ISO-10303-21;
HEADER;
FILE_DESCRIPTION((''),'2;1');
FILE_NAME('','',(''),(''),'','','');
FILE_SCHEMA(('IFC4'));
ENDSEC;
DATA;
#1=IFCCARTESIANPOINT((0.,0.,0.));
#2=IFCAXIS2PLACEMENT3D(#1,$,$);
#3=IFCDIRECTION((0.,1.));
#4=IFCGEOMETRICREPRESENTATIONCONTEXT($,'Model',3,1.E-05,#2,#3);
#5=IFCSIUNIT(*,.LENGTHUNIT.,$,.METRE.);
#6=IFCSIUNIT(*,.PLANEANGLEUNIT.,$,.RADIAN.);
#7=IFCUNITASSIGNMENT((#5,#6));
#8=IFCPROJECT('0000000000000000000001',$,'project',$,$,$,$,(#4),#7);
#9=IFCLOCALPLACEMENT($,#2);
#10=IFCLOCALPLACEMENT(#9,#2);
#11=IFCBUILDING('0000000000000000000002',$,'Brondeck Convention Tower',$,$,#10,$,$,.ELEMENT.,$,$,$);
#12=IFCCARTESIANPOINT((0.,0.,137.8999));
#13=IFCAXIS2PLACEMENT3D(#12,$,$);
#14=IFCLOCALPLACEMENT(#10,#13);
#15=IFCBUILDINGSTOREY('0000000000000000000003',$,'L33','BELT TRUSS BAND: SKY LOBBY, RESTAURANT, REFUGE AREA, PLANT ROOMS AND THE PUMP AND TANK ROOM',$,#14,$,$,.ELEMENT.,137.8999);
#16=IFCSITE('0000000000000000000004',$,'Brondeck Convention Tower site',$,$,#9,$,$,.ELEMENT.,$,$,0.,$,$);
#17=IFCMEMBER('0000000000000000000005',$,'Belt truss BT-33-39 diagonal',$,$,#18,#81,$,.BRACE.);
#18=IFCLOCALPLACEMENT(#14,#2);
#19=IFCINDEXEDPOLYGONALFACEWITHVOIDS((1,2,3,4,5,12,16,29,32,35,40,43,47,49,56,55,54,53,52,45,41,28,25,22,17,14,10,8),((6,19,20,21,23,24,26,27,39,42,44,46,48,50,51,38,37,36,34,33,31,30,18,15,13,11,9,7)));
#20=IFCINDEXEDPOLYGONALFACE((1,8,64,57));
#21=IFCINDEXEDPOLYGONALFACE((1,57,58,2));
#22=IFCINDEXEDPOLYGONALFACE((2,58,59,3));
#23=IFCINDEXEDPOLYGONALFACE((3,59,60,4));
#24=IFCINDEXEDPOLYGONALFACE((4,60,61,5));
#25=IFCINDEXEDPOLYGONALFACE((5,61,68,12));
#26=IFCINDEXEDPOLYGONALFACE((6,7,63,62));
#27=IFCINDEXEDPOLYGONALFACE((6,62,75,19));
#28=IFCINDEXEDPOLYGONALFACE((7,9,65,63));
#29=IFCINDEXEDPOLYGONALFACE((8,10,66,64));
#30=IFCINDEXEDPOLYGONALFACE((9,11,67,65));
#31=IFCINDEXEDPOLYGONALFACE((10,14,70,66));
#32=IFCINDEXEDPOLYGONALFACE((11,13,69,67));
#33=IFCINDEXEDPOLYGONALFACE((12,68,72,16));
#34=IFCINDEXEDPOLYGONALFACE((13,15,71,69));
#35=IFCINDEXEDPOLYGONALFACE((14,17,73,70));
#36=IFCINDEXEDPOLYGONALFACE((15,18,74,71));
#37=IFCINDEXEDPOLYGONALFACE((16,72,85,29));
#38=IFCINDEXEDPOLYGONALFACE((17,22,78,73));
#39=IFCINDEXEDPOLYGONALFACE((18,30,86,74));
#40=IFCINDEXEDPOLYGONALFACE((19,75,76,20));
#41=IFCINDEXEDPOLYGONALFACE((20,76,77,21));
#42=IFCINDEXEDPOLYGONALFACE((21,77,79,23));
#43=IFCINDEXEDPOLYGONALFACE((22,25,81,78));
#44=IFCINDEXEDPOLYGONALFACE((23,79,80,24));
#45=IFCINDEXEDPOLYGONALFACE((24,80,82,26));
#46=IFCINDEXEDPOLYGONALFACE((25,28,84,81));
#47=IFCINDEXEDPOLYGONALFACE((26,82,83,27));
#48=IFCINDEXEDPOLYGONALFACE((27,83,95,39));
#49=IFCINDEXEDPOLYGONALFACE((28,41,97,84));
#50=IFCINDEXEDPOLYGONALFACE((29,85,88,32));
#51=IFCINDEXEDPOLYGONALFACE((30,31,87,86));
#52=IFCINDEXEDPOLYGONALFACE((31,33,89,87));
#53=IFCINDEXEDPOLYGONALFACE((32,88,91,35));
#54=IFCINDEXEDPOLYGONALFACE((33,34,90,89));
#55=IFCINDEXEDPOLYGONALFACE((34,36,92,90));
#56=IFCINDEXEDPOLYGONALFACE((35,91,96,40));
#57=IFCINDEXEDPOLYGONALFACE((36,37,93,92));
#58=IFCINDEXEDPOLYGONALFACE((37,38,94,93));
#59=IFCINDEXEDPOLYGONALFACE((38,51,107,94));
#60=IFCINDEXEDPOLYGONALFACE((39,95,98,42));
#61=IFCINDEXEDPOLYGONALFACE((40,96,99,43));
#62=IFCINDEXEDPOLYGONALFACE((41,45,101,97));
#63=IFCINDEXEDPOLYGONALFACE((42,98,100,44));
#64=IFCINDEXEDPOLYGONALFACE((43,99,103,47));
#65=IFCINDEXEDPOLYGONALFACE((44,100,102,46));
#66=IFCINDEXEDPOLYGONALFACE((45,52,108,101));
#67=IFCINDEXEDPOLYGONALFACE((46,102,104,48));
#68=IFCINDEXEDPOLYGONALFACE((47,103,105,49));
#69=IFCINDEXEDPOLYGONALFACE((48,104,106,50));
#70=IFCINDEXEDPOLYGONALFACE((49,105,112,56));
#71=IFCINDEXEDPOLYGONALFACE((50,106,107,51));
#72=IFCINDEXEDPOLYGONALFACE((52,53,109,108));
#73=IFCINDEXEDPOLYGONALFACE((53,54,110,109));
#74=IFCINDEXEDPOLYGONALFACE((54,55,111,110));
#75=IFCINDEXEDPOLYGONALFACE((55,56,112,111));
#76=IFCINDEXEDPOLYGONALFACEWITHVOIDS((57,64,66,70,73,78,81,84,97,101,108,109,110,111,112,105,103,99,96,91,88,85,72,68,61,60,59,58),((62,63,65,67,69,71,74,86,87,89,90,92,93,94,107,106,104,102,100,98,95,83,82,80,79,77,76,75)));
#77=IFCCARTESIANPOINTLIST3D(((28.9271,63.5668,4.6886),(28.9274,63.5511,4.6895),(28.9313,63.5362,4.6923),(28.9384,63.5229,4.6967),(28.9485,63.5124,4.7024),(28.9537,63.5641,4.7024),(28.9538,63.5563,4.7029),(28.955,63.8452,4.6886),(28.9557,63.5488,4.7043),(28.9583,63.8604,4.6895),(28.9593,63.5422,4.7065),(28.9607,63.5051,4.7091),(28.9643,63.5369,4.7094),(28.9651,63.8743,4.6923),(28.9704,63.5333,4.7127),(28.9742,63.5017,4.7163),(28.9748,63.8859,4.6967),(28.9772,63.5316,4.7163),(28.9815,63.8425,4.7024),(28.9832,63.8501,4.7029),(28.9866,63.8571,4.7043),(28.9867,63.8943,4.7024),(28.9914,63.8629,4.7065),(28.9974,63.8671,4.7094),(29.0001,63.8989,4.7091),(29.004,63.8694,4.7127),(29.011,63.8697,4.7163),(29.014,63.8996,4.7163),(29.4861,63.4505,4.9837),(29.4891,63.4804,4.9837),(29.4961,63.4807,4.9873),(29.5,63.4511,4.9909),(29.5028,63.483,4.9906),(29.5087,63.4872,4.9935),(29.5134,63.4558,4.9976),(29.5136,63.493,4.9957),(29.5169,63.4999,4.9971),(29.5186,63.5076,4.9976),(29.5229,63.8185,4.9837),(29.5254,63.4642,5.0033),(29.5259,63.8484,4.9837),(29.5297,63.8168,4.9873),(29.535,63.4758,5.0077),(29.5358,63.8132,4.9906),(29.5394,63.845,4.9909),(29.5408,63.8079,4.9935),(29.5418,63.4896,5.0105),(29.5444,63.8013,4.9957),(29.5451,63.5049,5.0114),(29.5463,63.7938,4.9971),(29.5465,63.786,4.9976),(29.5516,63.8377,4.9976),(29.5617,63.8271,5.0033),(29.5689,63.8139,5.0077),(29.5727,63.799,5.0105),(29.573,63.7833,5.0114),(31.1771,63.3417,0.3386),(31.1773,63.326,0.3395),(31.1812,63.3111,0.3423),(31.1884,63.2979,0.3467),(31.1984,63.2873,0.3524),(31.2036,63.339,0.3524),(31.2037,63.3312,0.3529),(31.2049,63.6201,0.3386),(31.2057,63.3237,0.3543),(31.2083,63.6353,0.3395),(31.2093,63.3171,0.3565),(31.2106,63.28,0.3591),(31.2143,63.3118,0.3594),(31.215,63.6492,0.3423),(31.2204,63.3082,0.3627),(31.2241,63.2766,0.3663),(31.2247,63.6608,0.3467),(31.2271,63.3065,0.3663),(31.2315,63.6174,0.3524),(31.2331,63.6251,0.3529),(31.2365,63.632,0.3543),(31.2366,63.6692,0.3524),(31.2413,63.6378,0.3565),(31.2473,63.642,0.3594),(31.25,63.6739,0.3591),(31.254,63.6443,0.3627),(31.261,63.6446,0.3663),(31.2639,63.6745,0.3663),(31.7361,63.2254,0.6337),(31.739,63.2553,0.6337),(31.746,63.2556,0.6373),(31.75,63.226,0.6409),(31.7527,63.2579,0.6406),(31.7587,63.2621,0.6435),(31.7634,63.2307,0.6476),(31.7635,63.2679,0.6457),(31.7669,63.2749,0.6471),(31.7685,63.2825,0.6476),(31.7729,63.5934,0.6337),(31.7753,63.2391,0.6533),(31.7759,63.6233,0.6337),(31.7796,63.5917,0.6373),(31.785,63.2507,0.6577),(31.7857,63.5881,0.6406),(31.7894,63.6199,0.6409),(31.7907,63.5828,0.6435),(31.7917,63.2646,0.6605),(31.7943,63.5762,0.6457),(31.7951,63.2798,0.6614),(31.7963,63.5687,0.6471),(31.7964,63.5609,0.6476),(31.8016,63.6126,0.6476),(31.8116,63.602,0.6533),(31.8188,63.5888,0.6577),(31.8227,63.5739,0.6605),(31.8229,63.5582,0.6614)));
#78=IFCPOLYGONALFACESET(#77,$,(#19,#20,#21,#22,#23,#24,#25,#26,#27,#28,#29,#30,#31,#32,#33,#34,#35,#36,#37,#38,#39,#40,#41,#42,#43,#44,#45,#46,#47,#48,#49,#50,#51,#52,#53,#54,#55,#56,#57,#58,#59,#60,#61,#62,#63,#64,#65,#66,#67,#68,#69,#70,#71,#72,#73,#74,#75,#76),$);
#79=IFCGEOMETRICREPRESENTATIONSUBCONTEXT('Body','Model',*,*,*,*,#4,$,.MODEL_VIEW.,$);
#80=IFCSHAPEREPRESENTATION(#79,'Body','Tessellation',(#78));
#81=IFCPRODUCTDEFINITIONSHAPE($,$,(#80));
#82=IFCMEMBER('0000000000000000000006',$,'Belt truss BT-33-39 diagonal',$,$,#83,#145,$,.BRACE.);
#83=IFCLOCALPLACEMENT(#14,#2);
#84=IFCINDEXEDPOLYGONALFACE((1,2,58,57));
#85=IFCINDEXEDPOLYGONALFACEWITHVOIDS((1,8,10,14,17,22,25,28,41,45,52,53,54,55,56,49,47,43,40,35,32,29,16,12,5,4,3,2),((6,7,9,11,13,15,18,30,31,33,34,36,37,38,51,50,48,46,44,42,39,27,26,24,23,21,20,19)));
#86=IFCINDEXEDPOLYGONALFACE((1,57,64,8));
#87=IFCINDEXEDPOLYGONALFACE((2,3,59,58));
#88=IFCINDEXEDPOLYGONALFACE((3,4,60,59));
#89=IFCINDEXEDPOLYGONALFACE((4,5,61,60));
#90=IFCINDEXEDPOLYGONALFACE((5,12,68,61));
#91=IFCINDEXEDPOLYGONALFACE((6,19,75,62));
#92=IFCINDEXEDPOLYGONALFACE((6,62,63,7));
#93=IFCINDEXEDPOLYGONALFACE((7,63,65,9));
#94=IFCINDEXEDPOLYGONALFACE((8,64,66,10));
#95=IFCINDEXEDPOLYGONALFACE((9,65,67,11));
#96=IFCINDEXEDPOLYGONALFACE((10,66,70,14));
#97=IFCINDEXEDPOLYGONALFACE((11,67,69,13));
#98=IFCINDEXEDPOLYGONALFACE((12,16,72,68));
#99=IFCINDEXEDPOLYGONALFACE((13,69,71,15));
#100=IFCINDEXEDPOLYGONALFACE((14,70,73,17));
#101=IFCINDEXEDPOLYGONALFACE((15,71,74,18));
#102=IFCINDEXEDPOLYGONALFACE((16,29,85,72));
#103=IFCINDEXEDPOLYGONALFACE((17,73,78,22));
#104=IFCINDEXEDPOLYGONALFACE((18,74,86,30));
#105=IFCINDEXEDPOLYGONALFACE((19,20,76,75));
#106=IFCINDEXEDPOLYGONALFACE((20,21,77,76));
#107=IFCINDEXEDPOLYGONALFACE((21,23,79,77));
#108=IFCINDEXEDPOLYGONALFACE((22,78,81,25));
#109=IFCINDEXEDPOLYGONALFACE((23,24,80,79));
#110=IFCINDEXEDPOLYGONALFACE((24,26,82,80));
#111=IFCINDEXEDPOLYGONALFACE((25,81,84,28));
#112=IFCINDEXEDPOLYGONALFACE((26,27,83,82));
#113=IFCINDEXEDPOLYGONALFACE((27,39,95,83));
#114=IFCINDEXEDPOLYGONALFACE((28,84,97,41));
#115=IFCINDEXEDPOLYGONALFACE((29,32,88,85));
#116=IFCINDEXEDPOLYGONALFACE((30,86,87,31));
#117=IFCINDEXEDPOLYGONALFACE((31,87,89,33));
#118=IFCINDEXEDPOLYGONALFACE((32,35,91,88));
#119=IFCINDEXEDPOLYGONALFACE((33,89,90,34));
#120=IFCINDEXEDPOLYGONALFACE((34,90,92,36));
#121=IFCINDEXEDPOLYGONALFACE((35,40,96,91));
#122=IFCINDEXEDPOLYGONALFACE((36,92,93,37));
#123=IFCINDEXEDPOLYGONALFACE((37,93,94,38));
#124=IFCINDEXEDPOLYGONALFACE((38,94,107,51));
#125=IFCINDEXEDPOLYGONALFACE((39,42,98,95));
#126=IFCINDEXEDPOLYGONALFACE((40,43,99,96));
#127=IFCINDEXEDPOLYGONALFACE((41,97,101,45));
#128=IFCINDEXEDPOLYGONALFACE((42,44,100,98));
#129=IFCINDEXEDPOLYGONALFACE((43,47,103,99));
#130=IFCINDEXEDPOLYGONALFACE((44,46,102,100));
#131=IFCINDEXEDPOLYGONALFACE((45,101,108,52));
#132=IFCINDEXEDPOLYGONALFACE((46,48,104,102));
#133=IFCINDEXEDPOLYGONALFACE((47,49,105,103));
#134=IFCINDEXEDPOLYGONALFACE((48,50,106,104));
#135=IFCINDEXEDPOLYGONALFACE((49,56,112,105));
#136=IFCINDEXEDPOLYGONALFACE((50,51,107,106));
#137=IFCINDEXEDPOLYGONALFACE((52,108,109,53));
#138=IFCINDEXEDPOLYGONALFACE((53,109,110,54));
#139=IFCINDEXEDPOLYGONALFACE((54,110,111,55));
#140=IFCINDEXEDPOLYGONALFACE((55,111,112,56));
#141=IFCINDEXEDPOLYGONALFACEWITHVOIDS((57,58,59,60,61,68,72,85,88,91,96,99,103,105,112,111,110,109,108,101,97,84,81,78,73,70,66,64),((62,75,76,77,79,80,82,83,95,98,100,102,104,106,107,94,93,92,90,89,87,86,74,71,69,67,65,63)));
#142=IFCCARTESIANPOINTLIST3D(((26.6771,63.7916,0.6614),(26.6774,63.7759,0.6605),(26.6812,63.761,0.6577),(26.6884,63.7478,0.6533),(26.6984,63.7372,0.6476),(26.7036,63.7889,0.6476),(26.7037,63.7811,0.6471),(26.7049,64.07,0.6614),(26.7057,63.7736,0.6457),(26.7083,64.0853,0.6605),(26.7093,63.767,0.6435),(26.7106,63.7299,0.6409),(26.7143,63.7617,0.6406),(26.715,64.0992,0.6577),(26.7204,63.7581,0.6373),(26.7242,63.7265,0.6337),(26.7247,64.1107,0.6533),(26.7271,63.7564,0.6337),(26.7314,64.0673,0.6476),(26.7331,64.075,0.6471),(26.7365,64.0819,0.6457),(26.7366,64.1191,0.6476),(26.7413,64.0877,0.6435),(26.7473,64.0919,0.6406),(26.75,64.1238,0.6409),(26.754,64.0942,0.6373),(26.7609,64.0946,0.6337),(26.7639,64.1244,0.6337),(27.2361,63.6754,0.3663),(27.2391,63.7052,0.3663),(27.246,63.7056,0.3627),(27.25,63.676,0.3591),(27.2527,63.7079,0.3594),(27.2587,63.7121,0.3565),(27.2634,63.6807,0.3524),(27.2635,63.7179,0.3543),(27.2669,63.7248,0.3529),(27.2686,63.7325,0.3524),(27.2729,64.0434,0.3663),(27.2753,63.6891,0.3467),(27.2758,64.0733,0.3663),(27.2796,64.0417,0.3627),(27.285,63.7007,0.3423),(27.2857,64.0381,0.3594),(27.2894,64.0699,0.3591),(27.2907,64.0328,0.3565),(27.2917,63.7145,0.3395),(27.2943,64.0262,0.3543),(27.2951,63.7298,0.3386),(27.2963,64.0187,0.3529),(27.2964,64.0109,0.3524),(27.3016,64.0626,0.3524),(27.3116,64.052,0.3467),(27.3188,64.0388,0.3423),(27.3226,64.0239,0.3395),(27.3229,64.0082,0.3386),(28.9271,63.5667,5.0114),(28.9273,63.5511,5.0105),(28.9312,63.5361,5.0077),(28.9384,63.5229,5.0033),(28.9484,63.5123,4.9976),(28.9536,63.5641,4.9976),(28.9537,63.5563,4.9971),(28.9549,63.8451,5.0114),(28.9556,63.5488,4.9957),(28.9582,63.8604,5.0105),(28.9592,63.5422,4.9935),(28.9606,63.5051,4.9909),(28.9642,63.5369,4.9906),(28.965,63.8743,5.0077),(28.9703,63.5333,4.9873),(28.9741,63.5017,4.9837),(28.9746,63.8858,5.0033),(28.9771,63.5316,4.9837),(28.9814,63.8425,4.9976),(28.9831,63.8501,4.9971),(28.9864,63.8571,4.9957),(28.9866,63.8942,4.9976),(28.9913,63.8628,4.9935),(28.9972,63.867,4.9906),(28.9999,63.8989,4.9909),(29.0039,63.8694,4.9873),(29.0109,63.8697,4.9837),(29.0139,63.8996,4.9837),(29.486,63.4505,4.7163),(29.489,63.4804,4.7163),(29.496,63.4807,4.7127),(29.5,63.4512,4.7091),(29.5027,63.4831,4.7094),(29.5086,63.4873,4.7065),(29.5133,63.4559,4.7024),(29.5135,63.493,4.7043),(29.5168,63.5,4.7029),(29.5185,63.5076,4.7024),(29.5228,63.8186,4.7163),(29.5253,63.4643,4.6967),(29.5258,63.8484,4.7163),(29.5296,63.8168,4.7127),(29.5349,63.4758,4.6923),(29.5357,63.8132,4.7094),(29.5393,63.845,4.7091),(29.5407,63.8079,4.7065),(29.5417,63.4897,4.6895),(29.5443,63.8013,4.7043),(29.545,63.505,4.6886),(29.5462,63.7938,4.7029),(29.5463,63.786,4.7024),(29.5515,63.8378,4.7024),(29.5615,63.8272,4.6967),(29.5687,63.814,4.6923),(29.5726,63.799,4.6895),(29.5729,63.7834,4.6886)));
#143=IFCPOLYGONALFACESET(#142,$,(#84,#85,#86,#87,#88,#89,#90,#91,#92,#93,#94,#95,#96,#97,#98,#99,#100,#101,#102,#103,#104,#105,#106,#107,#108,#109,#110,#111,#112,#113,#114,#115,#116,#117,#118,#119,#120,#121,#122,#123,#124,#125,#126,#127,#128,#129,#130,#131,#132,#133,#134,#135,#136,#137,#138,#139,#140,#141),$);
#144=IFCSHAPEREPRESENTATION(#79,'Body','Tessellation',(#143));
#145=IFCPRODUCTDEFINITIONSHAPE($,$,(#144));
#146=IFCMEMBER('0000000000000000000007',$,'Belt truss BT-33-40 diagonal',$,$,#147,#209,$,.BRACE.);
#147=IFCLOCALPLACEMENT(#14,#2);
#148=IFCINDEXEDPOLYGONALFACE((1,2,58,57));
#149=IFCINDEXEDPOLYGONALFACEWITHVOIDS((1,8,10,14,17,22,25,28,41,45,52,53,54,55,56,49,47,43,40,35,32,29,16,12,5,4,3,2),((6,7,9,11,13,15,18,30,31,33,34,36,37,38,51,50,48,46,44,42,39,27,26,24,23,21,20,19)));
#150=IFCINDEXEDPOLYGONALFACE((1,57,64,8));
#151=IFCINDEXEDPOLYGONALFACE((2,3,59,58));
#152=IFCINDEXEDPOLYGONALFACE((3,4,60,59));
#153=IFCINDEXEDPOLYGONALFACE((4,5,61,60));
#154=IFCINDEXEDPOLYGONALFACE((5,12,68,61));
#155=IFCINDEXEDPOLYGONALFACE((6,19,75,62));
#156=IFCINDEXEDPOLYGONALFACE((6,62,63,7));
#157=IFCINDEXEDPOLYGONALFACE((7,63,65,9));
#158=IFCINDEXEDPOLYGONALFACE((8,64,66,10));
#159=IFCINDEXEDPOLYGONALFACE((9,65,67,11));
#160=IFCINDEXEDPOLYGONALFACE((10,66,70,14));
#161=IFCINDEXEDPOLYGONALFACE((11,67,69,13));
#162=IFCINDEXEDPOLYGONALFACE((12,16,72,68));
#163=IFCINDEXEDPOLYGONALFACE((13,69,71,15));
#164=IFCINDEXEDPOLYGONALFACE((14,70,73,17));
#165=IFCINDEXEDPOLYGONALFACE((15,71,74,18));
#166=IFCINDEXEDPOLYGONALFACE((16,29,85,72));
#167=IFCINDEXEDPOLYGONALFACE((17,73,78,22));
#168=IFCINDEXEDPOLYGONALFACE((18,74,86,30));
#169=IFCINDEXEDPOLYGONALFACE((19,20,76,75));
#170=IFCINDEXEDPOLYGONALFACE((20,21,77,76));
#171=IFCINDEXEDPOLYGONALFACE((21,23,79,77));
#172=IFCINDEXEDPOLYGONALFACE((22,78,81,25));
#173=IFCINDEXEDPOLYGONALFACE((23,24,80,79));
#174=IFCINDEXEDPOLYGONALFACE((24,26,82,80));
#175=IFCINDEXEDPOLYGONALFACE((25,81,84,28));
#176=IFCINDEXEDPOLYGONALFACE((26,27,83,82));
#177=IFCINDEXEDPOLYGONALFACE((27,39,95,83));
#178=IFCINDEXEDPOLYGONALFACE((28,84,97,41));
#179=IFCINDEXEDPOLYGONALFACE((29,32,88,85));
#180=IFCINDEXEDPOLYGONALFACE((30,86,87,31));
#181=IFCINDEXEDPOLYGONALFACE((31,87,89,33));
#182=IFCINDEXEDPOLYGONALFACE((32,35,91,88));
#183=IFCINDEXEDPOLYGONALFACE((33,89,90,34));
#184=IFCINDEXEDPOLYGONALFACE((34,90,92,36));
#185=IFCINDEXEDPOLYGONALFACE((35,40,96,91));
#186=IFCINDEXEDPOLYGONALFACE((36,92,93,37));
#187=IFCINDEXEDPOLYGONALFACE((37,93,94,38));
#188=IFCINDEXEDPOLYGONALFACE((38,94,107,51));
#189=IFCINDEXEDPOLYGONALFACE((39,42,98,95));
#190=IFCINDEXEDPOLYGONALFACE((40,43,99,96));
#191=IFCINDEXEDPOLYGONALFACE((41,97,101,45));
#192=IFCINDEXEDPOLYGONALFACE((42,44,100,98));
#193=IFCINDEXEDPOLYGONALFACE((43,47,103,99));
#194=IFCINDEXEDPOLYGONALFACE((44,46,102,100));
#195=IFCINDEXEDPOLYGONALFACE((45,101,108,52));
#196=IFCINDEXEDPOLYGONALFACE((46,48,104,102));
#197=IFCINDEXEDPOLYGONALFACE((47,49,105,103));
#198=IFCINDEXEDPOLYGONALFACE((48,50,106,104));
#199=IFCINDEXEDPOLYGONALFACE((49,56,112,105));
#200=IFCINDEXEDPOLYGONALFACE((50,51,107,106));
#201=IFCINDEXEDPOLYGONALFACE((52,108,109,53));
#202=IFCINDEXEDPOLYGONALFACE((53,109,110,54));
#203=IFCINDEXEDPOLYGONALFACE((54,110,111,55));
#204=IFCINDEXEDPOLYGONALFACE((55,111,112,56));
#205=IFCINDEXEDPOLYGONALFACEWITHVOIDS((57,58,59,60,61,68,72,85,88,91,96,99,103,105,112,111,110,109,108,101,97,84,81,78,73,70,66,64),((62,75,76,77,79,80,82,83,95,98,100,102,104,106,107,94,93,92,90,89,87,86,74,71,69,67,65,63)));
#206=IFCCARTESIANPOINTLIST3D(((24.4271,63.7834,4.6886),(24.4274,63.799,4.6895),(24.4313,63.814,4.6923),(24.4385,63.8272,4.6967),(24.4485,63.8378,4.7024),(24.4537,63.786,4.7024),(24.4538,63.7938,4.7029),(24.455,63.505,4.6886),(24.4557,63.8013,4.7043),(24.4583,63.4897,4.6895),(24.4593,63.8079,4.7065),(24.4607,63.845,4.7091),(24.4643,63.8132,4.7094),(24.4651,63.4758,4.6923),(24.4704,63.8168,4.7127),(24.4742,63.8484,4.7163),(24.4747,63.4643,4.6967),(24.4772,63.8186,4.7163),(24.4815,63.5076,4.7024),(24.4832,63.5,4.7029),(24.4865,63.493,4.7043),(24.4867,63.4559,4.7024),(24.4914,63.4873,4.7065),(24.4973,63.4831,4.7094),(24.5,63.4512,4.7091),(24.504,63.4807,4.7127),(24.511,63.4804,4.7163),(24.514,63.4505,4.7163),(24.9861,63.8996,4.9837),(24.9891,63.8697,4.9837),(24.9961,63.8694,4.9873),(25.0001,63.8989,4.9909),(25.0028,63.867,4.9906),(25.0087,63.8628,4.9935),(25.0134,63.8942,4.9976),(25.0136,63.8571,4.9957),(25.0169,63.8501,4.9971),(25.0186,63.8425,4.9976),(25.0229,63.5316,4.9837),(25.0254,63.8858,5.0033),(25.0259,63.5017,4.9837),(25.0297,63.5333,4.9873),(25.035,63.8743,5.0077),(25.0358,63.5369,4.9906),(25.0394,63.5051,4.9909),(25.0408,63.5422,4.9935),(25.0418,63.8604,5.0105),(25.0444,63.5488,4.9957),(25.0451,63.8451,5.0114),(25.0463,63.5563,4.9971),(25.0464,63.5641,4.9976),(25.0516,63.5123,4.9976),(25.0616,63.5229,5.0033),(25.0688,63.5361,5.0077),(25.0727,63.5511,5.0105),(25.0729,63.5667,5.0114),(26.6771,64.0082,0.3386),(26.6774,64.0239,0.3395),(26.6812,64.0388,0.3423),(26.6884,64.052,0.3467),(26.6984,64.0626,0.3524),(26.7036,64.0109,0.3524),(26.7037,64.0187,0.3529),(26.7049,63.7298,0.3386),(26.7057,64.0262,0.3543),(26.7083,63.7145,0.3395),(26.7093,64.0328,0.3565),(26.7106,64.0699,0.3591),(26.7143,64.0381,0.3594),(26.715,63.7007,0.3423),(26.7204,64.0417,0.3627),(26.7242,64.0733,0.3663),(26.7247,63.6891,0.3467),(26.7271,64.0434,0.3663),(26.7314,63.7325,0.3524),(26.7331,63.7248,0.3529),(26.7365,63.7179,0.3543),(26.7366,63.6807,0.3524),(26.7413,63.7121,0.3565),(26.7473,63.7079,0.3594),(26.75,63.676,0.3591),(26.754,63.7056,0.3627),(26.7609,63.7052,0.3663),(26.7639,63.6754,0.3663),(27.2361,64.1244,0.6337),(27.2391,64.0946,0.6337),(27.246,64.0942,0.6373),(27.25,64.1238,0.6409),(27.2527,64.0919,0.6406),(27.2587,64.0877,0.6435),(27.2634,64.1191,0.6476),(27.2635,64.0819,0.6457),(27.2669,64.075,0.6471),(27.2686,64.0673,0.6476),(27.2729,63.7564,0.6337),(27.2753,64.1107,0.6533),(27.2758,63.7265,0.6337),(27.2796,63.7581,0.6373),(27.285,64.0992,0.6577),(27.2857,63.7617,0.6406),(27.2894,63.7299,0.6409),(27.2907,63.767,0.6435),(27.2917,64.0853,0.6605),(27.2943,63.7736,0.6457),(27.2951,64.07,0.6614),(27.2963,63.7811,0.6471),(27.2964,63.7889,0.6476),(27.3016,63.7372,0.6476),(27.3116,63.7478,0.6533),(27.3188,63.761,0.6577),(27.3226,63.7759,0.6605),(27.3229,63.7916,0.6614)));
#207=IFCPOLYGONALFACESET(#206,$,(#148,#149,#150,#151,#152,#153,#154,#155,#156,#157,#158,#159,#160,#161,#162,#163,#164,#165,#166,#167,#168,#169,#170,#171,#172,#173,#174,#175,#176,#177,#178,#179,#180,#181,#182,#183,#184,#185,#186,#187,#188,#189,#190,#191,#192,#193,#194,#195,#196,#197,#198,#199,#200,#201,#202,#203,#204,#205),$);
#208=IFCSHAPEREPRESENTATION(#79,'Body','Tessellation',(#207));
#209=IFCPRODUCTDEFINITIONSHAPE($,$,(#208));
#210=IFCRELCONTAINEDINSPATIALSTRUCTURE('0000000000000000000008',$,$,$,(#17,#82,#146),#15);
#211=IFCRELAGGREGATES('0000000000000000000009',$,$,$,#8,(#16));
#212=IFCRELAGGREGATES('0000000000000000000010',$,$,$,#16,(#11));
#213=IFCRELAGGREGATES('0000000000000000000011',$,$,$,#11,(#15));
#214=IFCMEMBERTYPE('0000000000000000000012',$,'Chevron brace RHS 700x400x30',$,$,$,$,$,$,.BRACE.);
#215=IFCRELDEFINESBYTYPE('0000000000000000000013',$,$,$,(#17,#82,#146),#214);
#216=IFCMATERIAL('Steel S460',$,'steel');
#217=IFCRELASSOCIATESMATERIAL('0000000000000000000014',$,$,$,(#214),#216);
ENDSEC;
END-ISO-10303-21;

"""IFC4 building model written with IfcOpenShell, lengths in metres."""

from ifc_helpers import new_model, si_unit, direction, frame, origin, origin_2d, place, context, subcontext, project, spatial, hollow_rectangle, extrude, material, material_profile, profile_set, type_object, element, save


model = new_model("IFC4")

# Units and contexts
model_context = context("Model", 3, precision=1e-05, world=origin(), true_north=direction((0.0, 1.0)))
body_context = subcontext(model_context, "Body", "Model", "MODEL_VIEW")
ifc_project = project(units=[si_unit("LENGTHUNIT", "METRE"), si_unit("PLANEANGLEUNIT", "RADIAN")], contexts=[model_context])

# Site, building, storey
site_placement = place(None, origin())
site = spatial("IfcSite", under=ifc_project, at=site_placement, Name="Brondeck Convention Tower site", CompositionType="ELEMENT", RefElevation=0.0)
building_placement = place(site_placement, origin())
building = spatial("IfcBuilding", under=site, at=building_placement, Name="Brondeck Convention Tower", CompositionType="ELEMENT")
storey_placement = place(building_placement, frame((0.0, 0.0, 137.8999)))
storey = spatial("IfcBuildingStorey", under=building, at=storey_placement, Name="L33", Description="BELT TRUSS BAND: SKY LOBBY, RESTAURANT, REFUGE AREA, PLANT ROOMS AND THE PUMP AND TANK ROOM", CompositionType="ELEMENT", Elevation=137.8999)

# Members
ifc_material_1 = material(Name="Steel S460", Category="steel")
ifc_material_profile_1 = material_profile(ifc_material_1, hollow_rectangle(XDim=0.3999, YDim=0.7, WallThickness=0.03, InnerFilletRadius=0.03, OuterFilletRadius=0.0601, at=origin_2d()), Name="RHS 700x400x30")
ifc_profile_set_1 = profile_set([ifc_material_profile_1], Name="Steel S460")
member_type_1 = type_object("IfcMemberType", Name="Chevron brace RHS 700x400x30", PredefinedType="BRACE", material=ifc_profile_set_1)
for number, where, z_axis, x_axis, name in (
    (1, (31.5, 63.45, 0.5), (-0.45893, 0.045913, 0.887285), (-0.099546, -0.995033, 0.0), "Belt truss BT-33-39 diagonal"),
    (2, (27.0, 63.8999, 0.5), (0.458931, -0.045863, 0.887287), (0.09944, 0.995044, 0.0), "Belt truss BT-33-39 diagonal"),
    (3, (27.0, 63.8999, 0.5), (-0.458931, -0.045863, 0.887287), (0.09944, -0.995044, 0.0), "Belt truss BT-33-40 diagonal"),
):
    element("IfcMember", number, at=place(storey_placement, frame(where, z_axis=z_axis, x_axis=x_axis)), inside=storey, type_object=member_type_1, Name=name, PredefinedType="BRACE", context=body_context, shape_type="SweptSolid", body=[
        extrude(hollow_rectangle(XDim=0.3999, YDim=0.7, WallThickness=0.03, InnerFilletRadius=0.03, OuterFilletRadius=0.0601, at=origin_2d()), origin(), (0.0, 0.0, 1.0), 4.9026),
    ])

save(model, "model.ifc")
